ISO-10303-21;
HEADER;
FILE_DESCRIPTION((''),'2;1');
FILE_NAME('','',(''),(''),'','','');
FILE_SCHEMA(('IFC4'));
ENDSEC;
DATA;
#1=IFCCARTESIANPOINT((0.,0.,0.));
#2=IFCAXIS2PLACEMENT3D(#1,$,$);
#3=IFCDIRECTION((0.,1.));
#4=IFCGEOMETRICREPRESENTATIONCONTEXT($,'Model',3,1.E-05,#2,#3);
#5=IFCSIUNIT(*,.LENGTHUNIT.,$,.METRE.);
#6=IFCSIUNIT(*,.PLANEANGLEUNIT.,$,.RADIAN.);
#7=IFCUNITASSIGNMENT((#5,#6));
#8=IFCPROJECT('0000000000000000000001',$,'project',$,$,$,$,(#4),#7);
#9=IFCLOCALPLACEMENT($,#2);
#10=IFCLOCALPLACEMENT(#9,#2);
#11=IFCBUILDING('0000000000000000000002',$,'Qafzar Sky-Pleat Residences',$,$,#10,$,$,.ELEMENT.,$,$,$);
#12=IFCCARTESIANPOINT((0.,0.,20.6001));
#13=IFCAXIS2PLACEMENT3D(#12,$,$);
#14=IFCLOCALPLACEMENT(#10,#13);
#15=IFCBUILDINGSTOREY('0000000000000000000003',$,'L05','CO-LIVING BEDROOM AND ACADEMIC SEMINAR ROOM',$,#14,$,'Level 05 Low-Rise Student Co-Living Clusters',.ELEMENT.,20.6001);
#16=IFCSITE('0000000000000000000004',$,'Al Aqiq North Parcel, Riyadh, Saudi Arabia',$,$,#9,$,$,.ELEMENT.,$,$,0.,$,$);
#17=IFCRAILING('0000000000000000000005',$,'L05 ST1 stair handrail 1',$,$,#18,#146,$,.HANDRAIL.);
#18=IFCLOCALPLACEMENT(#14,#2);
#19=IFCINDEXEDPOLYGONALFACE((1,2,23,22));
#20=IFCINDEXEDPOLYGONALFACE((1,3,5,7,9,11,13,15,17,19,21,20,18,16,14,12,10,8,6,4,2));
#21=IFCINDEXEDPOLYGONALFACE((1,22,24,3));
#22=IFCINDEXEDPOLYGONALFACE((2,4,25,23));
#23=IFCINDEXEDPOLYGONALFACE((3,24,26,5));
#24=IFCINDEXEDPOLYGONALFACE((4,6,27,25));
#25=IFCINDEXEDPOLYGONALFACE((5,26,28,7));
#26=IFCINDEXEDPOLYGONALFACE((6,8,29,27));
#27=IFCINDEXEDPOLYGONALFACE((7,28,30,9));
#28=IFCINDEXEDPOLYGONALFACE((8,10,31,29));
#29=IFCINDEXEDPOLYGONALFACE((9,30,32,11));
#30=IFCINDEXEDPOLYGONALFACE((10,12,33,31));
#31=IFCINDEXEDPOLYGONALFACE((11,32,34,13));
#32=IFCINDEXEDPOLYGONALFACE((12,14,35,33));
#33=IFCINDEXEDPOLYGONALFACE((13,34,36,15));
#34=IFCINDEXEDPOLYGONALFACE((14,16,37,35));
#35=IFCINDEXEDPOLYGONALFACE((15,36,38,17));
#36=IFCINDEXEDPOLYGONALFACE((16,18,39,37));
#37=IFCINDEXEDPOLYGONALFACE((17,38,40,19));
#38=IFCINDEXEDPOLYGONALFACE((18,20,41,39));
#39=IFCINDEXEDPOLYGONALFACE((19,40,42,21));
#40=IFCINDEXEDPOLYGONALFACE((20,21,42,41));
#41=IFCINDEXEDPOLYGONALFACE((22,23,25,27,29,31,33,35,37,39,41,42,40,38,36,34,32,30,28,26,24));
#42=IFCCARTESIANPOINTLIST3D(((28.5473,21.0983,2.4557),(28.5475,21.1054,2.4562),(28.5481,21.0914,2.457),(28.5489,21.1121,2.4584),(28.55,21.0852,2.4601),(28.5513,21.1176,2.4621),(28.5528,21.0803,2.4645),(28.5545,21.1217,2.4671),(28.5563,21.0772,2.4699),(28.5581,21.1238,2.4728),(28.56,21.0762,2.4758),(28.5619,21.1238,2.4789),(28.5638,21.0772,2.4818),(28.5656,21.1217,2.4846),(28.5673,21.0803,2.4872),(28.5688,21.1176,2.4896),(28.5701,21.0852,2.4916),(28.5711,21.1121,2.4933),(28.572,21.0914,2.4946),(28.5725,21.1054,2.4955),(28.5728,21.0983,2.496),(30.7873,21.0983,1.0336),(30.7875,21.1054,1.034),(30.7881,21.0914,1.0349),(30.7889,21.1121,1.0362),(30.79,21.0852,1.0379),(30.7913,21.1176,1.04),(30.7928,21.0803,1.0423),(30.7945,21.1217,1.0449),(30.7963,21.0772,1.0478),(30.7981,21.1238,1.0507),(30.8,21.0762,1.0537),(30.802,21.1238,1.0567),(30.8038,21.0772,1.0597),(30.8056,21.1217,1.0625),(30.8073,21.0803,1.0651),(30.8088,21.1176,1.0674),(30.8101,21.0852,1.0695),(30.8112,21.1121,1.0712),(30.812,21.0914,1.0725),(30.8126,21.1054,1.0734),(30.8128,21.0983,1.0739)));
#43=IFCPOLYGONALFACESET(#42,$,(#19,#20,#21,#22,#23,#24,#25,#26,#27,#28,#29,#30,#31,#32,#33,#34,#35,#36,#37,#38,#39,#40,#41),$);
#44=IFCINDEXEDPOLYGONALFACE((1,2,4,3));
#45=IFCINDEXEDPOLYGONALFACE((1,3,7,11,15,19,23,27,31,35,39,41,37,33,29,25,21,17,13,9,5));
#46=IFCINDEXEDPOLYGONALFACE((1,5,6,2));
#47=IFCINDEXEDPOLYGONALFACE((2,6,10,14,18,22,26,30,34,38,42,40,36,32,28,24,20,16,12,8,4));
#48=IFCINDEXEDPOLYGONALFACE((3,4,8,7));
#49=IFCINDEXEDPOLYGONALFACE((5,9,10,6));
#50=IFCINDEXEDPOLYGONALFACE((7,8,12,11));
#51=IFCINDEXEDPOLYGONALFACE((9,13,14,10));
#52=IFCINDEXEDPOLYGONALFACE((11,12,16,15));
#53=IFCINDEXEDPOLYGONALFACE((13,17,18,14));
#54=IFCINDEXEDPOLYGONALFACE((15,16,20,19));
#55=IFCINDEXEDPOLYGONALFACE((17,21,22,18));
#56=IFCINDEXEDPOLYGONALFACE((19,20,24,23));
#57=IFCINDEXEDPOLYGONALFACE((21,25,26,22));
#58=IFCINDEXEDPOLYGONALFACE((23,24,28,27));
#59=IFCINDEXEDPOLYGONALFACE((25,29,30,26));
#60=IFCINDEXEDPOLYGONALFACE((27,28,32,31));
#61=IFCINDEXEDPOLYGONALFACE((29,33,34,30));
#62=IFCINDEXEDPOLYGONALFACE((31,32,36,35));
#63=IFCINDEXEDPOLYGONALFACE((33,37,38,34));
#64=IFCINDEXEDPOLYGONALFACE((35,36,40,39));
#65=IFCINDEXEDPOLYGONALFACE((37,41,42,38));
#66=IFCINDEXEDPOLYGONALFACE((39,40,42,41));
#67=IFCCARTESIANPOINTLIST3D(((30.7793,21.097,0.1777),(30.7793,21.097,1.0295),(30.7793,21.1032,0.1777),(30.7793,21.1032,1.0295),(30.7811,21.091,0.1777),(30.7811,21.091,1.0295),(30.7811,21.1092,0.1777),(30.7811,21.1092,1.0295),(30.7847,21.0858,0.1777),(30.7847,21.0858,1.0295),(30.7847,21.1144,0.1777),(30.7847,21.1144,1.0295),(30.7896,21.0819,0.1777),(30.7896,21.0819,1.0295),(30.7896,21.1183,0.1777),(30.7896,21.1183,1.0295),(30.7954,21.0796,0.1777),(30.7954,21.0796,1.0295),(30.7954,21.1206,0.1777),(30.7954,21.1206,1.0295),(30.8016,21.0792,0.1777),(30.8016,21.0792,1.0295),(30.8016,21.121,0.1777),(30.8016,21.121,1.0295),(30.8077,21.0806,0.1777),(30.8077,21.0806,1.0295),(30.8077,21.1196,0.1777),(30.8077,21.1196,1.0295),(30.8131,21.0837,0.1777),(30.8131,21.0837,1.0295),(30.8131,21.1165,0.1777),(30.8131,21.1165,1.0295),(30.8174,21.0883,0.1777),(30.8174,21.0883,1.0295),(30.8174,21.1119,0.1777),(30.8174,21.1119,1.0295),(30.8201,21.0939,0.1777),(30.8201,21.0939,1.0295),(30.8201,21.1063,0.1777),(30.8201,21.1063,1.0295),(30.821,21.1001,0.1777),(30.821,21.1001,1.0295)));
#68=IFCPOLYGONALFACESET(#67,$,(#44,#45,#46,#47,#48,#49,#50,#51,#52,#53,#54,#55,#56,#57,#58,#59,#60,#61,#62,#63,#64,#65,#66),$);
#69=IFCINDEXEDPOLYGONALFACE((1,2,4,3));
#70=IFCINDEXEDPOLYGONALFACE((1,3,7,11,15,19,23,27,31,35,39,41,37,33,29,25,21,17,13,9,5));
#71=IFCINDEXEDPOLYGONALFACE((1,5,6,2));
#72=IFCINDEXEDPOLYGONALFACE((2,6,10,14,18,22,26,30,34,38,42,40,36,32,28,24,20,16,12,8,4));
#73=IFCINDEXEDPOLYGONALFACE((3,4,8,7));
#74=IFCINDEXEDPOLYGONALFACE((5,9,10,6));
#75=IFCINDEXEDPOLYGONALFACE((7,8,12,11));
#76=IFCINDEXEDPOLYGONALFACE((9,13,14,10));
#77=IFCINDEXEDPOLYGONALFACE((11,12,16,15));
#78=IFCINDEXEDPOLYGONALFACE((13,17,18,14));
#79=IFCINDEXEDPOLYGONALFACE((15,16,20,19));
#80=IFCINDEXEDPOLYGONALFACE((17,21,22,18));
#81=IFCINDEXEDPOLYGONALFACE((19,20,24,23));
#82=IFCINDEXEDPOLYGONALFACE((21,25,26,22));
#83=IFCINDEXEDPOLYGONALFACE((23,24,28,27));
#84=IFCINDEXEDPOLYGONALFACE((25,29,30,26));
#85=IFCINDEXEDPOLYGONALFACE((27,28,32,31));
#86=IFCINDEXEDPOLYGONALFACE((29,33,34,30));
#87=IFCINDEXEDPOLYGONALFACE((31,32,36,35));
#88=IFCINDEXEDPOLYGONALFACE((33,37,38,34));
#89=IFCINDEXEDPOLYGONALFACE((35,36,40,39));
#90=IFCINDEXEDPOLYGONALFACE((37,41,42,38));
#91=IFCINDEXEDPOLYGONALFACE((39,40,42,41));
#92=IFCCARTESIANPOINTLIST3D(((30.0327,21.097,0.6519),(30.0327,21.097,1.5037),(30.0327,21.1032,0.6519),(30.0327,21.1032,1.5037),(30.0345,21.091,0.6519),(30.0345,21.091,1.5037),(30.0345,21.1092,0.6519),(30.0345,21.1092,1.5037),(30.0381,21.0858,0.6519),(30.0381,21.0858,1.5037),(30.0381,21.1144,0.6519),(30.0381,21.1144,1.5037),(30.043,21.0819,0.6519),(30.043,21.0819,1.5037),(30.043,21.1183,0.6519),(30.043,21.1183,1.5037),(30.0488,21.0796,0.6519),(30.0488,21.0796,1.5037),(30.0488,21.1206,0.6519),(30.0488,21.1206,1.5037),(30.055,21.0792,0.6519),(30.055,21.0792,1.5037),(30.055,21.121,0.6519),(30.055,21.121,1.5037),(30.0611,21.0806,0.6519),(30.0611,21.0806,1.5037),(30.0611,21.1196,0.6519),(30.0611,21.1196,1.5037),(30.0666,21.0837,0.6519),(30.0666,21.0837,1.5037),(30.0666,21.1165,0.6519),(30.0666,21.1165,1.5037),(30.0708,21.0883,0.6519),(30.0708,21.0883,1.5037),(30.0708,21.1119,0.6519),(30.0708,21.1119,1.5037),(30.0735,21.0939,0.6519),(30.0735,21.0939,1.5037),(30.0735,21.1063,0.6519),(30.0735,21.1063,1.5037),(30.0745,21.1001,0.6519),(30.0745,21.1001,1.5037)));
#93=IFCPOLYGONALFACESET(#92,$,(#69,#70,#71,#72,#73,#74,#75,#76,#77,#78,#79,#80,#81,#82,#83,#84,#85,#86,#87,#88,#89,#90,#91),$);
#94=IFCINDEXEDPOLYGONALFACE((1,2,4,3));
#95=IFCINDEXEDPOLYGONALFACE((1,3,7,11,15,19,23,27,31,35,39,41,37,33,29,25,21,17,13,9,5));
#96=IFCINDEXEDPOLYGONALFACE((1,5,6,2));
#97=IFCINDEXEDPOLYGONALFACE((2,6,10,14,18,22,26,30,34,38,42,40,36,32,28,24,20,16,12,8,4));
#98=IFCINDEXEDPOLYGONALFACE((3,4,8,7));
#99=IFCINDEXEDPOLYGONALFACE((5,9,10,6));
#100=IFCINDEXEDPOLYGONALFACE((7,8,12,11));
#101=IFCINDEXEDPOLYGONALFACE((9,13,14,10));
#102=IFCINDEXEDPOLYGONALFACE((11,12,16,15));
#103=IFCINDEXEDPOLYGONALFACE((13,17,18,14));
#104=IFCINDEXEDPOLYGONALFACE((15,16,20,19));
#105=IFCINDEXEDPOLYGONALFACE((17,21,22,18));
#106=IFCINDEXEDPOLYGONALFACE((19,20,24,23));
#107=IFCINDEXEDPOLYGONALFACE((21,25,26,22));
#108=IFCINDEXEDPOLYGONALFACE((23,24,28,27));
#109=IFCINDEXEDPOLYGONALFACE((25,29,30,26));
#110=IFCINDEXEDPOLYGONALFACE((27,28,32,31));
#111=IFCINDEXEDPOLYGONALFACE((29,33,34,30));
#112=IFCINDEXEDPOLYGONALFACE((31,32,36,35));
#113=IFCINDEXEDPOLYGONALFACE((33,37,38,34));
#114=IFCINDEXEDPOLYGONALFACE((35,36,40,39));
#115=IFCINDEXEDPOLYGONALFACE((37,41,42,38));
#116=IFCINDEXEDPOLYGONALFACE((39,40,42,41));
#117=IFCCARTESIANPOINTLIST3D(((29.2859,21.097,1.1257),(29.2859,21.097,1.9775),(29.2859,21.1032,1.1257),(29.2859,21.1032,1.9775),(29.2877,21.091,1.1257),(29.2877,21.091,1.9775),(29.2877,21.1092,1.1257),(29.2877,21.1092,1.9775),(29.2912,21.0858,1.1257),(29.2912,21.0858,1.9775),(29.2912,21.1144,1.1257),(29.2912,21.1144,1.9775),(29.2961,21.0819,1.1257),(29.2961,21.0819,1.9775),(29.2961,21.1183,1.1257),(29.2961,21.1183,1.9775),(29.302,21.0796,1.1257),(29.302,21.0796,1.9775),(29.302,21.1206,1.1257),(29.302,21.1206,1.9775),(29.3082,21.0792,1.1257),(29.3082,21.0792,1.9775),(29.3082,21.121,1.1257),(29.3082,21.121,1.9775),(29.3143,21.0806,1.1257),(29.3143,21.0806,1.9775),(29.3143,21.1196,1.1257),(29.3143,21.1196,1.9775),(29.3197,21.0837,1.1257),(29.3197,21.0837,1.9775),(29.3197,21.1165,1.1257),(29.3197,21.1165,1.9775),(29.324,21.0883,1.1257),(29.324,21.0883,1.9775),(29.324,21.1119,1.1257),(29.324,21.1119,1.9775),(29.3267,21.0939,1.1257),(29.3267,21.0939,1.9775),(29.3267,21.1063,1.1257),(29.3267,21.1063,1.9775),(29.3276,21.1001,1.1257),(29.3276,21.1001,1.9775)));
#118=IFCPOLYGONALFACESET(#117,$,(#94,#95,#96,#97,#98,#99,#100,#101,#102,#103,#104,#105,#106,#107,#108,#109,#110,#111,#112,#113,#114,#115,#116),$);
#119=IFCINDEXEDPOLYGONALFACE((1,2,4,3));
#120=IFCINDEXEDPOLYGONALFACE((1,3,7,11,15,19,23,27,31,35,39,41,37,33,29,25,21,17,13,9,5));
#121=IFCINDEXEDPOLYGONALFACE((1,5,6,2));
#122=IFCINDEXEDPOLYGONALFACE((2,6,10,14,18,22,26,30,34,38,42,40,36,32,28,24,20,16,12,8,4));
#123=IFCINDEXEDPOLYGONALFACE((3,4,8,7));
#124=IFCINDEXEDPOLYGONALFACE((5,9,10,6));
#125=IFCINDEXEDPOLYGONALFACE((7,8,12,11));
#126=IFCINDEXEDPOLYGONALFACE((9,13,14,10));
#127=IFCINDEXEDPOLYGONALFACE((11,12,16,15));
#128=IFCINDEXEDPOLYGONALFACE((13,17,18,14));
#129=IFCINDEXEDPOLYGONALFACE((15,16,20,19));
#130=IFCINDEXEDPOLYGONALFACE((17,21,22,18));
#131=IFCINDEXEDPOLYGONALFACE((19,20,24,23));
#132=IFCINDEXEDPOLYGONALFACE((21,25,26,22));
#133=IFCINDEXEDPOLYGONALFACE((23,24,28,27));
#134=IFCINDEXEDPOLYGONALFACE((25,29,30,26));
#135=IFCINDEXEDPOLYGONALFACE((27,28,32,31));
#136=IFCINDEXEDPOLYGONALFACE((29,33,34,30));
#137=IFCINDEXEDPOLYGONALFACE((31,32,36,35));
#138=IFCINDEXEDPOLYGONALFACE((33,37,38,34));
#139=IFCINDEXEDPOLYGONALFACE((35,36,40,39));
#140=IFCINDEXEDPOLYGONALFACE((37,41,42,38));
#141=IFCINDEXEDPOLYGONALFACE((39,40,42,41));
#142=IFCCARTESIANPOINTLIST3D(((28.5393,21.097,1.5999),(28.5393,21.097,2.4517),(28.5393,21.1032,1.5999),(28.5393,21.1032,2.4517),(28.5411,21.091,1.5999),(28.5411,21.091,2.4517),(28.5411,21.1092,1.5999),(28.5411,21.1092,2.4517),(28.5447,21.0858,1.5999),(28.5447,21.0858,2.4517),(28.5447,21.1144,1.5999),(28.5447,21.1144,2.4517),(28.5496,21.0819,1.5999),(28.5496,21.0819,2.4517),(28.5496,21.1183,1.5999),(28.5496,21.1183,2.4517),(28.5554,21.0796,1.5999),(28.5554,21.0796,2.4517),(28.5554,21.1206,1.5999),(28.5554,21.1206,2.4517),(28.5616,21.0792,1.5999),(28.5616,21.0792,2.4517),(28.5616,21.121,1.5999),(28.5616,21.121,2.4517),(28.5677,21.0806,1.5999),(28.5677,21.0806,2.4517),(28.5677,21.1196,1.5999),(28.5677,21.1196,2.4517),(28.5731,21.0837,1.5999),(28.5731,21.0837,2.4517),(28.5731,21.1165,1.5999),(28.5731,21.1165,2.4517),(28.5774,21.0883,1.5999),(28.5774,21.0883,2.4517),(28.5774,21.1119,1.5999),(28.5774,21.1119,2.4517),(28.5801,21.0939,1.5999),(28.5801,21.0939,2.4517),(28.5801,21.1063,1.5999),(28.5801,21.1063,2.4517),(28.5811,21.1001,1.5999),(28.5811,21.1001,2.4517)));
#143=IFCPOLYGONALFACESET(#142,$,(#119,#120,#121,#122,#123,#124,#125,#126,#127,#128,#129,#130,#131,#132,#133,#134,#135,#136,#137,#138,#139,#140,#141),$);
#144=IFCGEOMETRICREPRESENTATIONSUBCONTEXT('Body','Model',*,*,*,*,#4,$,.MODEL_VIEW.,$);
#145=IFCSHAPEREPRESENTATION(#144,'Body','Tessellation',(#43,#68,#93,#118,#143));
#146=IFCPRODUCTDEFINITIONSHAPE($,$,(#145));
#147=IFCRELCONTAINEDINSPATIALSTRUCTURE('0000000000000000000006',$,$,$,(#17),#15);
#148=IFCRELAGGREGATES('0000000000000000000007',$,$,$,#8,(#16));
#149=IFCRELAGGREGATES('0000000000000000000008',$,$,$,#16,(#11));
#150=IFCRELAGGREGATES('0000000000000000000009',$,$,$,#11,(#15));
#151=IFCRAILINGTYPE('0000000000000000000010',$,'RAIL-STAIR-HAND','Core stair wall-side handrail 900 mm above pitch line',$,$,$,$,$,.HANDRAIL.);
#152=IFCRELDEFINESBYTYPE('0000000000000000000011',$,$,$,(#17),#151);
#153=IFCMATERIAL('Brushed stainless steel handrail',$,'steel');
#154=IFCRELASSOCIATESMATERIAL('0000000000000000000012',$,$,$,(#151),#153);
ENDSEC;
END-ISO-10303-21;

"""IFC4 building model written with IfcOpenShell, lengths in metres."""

from ifc_helpers import new_model, si_unit, direction, frame, origin, origin_2d, place, context, subcontext, project, spatial, circle, extrude, source, transform, mapped, material, type_object, element, save


model = new_model("IFC4")

# Units and contexts
model_context = context("Model", 3, precision=1e-05, world=origin(), true_north=direction((0.0, 1.0)))
body_context = subcontext(model_context, "Body", "Model", "MODEL_VIEW")
ifc_project = project(units=[si_unit("LENGTHUNIT", "METRE"), si_unit("PLANEANGLEUNIT", "RADIAN")], contexts=[model_context])

# Site, building, storey
site_placement = place(None, origin())
site = spatial("IfcSite", under=ifc_project, at=site_placement, Name="Al Aqiq North Parcel, Riyadh, Saudi Arabia", CompositionType="ELEMENT", RefElevation=0.0)
building_placement = place(site_placement, origin())
building = spatial("IfcBuilding", under=site, at=building_placement, Name="Qafzar Sky-Pleat Residences", CompositionType="ELEMENT")
storey_placement = place(building_placement, frame((0.0, 0.0, 20.6001)))
storey = spatial("IfcBuildingStorey", under=building, at=storey_placement, Name="L05", Description="CO-LIVING BEDROOM AND ACADEMIC SEMINAR ROOM", LongName="Level 05 Low-Rise Student Co-Living Clusters", CompositionType="ELEMENT", Elevation=20.6001)

# Railing
ifc_material_1 = material(Name="Brushed stainless steel handrail", Category="steel")
railing_type_1 = type_object("IfcRailingType", Name="RAIL-STAIR-HAND", Description="Core stair wall-side handrail 900 mm above pitch line", PredefinedType="HANDRAIL", material=ifc_material_1)
shared_shape_1 = source(origin(), body_context, "Body", "SweptSolid", [
    extrude(circle(Radius=0.0239, at=origin_2d()), frame((0.0, 0.0, 0.876), z_axis=(-0.844229, 0.0, 0.535982), x_axis=(0.0, -1.0, 0.0)), (0.0, 0.0, 1.0), 2.6533),
    extrude(circle(Radius=0.021, at=origin_2d()), origin(), (0.0, 0.0, 1.0), 0.8518),
    extrude(circle(Radius=0.021, at=origin_2d()), frame((-0.7466, 0.0, 0.4741)), (0.0, 0.0, 1.0), 0.8518),
    extrude(circle(Radius=0.021, at=origin_2d()), frame((-1.4934, 0.0, 0.948)), (0.0, 0.0, 1.0), 0.8518),
    extrude(circle(Radius=0.021, at=origin_2d()), frame((-2.24, 0.0, 1.4221)), (0.0, 0.0, 1.0), 0.8518),
])
railing_1_placement = place(storey_placement, frame((30.8, 21.1001, 0.1777)))
element("IfcRailing", 1, at=railing_1_placement, inside=storey, type_object=railing_type_1, Name="L05 ST1 stair handrail 1", PredefinedType="HANDRAIL", context=body_context, shape_type="MappedRepresentation", body=[
    mapped(shared_shape_1, transform((0.0, 0.0, 0.0), x_axis=(1.0, 0.0, 0.0), y_axis=(0.0, 1.0, 0.0), z_axis=(0.0, 0.0, 1.0), scale=1.0)),
])

save(model, "model.ifc")
